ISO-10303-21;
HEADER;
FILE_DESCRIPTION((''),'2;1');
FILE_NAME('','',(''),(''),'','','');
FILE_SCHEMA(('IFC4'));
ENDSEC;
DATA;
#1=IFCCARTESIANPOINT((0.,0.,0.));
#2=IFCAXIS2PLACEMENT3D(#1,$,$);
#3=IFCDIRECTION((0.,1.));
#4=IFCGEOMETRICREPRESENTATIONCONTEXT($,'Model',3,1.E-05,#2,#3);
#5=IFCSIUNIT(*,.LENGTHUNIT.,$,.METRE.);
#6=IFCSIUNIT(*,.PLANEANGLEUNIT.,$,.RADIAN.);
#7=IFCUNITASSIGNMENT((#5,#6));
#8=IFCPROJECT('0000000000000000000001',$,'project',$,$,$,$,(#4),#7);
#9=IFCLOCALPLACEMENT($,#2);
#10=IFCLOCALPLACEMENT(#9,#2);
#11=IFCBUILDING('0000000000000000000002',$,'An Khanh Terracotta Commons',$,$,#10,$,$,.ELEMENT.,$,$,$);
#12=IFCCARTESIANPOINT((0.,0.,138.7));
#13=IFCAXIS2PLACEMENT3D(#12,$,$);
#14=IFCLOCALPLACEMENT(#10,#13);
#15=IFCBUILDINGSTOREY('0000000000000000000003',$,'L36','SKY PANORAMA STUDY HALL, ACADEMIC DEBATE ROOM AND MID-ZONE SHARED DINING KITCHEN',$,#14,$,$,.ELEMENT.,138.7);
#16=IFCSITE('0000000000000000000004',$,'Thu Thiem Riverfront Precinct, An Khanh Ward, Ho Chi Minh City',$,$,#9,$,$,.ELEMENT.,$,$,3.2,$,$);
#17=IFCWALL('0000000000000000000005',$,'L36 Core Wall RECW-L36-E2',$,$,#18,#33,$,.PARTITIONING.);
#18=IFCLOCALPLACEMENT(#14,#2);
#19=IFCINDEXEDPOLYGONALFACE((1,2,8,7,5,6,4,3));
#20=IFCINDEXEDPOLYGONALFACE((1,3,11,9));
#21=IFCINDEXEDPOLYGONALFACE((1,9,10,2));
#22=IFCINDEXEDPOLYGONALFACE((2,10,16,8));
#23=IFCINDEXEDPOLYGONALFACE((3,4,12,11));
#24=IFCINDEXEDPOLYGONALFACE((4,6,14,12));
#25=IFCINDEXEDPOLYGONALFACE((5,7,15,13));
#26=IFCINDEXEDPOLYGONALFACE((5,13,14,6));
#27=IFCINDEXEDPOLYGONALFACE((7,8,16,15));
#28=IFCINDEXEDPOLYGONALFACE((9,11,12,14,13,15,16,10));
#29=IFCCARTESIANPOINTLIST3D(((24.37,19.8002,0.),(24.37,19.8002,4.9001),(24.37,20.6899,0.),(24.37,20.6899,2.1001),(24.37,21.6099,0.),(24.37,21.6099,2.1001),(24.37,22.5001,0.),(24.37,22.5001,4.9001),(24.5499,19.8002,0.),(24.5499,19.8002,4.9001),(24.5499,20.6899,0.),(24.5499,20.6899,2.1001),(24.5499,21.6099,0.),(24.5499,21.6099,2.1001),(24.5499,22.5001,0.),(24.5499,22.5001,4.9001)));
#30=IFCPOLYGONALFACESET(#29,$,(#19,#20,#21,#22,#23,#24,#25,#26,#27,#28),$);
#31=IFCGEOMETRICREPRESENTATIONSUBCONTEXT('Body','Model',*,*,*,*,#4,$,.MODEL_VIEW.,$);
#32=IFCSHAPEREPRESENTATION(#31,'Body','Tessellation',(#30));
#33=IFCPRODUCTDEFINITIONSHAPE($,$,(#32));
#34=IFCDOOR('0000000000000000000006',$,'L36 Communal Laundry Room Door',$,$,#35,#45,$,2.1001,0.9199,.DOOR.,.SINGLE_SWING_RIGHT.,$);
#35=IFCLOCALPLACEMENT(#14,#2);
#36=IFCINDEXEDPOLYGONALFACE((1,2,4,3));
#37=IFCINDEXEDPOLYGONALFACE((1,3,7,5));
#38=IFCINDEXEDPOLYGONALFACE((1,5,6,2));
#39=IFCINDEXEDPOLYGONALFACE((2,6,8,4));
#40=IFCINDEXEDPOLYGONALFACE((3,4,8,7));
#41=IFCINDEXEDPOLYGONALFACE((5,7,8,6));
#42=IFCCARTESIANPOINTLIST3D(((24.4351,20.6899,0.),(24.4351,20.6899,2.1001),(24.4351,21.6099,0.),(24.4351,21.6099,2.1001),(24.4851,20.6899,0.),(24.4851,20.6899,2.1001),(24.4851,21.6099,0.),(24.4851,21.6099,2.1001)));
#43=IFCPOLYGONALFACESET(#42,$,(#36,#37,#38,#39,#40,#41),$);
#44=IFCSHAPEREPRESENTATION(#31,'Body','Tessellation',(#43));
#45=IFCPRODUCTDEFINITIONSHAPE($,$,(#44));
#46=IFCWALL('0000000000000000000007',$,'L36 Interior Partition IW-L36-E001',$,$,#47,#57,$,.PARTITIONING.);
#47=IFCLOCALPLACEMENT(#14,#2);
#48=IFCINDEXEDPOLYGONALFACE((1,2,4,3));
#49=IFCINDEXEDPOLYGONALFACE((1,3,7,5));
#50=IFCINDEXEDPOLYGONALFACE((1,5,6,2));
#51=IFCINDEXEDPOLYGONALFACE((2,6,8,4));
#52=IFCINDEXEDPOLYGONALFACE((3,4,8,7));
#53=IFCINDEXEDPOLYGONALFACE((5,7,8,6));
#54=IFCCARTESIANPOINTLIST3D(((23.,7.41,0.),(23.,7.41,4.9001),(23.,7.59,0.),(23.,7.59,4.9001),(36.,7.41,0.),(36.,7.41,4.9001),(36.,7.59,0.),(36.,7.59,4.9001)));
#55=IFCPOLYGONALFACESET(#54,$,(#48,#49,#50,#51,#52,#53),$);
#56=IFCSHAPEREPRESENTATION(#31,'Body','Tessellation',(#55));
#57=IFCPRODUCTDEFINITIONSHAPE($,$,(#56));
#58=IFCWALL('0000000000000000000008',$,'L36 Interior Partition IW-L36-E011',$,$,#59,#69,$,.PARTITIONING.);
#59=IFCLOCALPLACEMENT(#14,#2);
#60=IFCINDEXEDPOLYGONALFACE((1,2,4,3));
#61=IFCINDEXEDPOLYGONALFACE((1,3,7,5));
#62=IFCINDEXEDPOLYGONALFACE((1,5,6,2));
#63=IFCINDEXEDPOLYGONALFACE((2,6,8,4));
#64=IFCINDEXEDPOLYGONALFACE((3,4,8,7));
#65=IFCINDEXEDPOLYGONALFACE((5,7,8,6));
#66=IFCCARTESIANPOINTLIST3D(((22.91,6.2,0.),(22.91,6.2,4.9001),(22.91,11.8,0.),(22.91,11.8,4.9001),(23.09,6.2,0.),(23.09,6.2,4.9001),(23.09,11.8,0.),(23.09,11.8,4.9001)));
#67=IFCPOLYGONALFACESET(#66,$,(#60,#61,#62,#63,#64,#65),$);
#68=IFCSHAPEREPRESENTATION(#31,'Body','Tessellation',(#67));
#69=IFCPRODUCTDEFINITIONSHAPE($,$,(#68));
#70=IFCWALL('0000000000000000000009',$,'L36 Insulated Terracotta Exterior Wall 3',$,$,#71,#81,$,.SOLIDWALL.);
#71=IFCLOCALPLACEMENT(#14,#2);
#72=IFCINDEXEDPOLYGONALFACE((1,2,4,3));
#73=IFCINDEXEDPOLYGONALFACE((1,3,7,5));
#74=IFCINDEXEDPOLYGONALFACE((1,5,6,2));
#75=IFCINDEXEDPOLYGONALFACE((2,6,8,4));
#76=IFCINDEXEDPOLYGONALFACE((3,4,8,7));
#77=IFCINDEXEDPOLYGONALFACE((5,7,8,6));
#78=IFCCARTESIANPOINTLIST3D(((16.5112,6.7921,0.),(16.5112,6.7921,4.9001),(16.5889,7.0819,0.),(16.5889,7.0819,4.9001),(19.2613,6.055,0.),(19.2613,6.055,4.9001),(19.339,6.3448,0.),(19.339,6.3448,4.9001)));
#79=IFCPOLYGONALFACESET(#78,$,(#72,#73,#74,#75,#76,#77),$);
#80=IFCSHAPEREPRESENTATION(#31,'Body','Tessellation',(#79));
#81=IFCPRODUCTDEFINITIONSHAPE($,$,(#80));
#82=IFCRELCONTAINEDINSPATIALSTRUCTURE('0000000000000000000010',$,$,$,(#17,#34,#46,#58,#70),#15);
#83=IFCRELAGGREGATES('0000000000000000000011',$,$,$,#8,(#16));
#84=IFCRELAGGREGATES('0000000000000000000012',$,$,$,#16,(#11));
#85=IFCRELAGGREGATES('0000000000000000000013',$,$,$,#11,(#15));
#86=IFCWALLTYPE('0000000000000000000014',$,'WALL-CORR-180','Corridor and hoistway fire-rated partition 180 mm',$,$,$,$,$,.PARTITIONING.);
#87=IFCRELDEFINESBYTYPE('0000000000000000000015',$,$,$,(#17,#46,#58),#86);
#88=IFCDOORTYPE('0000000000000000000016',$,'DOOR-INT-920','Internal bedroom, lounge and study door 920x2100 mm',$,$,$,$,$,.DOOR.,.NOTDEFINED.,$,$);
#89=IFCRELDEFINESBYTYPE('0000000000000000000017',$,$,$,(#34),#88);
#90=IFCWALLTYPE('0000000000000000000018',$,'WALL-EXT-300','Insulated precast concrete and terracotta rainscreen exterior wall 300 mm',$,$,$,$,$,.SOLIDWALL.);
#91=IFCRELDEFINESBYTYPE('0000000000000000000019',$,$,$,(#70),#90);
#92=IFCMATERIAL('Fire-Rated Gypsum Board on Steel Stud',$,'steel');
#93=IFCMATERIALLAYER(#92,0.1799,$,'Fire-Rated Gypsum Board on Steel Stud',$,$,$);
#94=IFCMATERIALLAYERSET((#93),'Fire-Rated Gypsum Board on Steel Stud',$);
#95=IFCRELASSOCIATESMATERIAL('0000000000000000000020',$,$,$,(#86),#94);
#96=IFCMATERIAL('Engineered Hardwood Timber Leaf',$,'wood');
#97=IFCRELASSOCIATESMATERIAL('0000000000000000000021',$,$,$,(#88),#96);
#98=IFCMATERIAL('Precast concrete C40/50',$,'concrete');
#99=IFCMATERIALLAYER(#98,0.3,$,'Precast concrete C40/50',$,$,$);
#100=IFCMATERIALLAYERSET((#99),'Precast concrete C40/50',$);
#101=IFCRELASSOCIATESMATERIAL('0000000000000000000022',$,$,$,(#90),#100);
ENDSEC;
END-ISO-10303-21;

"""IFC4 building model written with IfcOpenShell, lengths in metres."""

from ifc_helpers import new_model, si_unit, direction, frame, frame_2d, origin, place, context, subcontext, project, spatial, rectangle, extrude, material, layer, layer_set, type_object, element, fill, save


model = new_model("IFC4")

# Units and contexts
model_context = context("Model", 3, precision=1e-05, world=origin(), true_north=direction((0.0, 1.0)))
body_context = subcontext(model_context, "Body", "Model", "MODEL_VIEW")
ifc_project = project(units=[si_unit("LENGTHUNIT", "METRE"), si_unit("PLANEANGLEUNIT", "RADIAN")], contexts=[model_context])

# Site, building, storey
site_placement = place(None, origin())
site = spatial("IfcSite", under=ifc_project, at=site_placement, Name="Thu Thiem Riverfront Precinct, An Khanh Ward, Ho Chi Minh City", CompositionType="ELEMENT", RefElevation=3.2)
building_placement = place(site_placement, origin())
building = spatial("IfcBuilding", under=site, at=building_placement, Name="An Khanh Terracotta Commons", CompositionType="ELEMENT")
storey_placement = place(building_placement, frame((0.0, 0.0, 138.7)))
storey = spatial("IfcBuildingStorey", under=building, at=storey_placement, Name="L36", Description="SKY PANORAMA STUDY HALL, ACADEMIC DEBATE ROOM AND MID-ZONE SHARED DINING KITCHEN", CompositionType="ELEMENT", Elevation=138.7)

# Shared definitions
ifc_material_1 = material(Name="Fire-Rated Gypsum Board on Steel Stud", Category="steel")
ifc_layer_1 = layer(ifc_material_1, 0.1799, Name="Fire-Rated Gypsum Board on Steel Stud")
ifc_layer_set_1 = layer_set([ifc_layer_1], Name="Fire-Rated Gypsum Board on Steel Stud")
wall_type_1 = type_object("IfcWallType", Name="WALL-CORR-180", Description="Corridor and hoistway fire-rated partition 180 mm", PredefinedType="PARTITIONING", material=ifc_layer_set_1)

# Wall, opening, door
wall_1_placement = place(storey_placement, frame((24.46, 19.8, 0.0), z_axis=(0.0, 0.0, 1.0), x_axis=(0.0, 1.0, 0.0)))
wall_1 = element("IfcWall", 1, at=wall_1_placement, inside=storey, type_object=wall_type_1, Name="L36 Core Wall RECW-L36-E2", PredefinedType="PARTITIONING", context=body_context, shape_type="SweptSolid", body=[
    extrude(rectangle(XDim=2.7, YDim=0.1799, at=frame_2d((1.3501, 0.0))), origin(), (0.0, 0.0, 1.0), 4.9001),
])
opening_1_placement = place(wall_1_placement, frame((0.8899, 0.0, 0.0)))
opening_1 = element("IfcOpeningElement", 2, at=opening_1_placement, cuts=wall_1, PredefinedType="OPENING", context=body_context, shape_type="SweptSolid", body=[
    extrude(rectangle(XDim=0.9199, YDim=2.1001, at=frame_2d((0.46, 1.05))), frame((0.0, 0.0999, 0.0), z_axis=(0.0, -1.0, 0.0), x_axis=(1.0, 0.0, 0.0)), (0.0, 0.0, 1.0), 0.2),
])
ifc_material_2 = material(Name="Engineered Hardwood Timber Leaf", Category="wood")
door_type_1 = type_object("IfcDoorType", Name="DOOR-INT-920", Description="Internal bedroom, lounge and study door 920x2100 mm", OperationType="NOTDEFINED", PredefinedType="DOOR", material=ifc_material_2)
door_1_placement = place(opening_1_placement, origin())
door_1 = element("IfcDoor", 3, at=door_1_placement, inside=storey, type_object=door_type_1, Name="L36 Communal Laundry Room Door", OperationType="SINGLE_SWING_RIGHT", OverallHeight=2.1001, OverallWidth=0.9199, PredefinedType="DOOR", context=body_context, shape_type="SweptSolid", body=[
    extrude(rectangle(XDim=0.9199, YDim=2.1001, at=frame_2d((0.46, 1.05))), frame((0.0, 0.0249, 0.0), z_axis=(0.0, -1.0, 0.0), x_axis=(1.0, 0.0, 0.0)), (0.0, 0.0, 1.0), 0.05),
])
fill(opening_1, door_1)

# Walls
wall_2_placement = place(storey_placement, frame((23.0, 7.5, 0.0), z_axis=(0.0, 0.0, 1.0), x_axis=(1.0, 0.0, 0.0)))
element("IfcWall", 4, at=wall_2_placement, inside=storey, type_object=wall_type_1, Name="L36 Interior Partition IW-L36-E001", PredefinedType="PARTITIONING", context=body_context, shape_type="SweptSolid", body=[
    extrude(rectangle(XDim=13.0, YDim=0.1799, at=frame_2d((6.5, 0.0))), origin(), (0.0, 0.0, 1.0), 4.9001),
])
wall_3_placement = place(storey_placement, frame((23.0, 6.2, 0.0), z_axis=(0.0, 0.0, 1.0), x_axis=(0.0, 1.0, 0.0)))
element("IfcWall", 5, at=wall_3_placement, inside=storey, type_object=wall_type_1, Name="L36 Interior Partition IW-L36-E011", PredefinedType="PARTITIONING", context=body_context, shape_type="SweptSolid", body=[
    extrude(rectangle(XDim=5.6001, YDim=0.1799, at=frame_2d((2.8, 0.0))), origin(), (0.0, 0.0, 1.0), 4.9001),
])
ifc_material_3 = material(Name="Precast concrete C40/50", Category="concrete")
ifc_layer_2 = layer(ifc_material_3, 0.3, Name="Precast concrete C40/50")
ifc_layer_set_2 = layer_set([ifc_layer_2], Name="Precast concrete C40/50")
wall_type_2 = type_object("IfcWallType", Name="WALL-EXT-300", Description="Insulated precast concrete and terracotta rainscreen exterior wall 300 mm", PredefinedType="SOLIDWALL", material=ifc_layer_set_2)
wall_4_placement = place(storey_placement, frame((16.55, 6.937, 0.0), z_axis=(0.0, 0.0, 1.0), x_axis=(0.965908, -0.258885, 0.0)))
element("IfcWall", 6, at=wall_4_placement, inside=storey, type_object=wall_type_2, Name="L36 Insulated Terracotta Exterior Wall 3", PredefinedType="SOLIDWALL", context=body_context, shape_type="SweptSolid", body=[
    extrude(rectangle(XDim=2.8472, YDim=0.3, at=frame_2d((1.4236, 0.0))), origin(), (0.0, 0.0, 1.0), 4.9001),
])

save(model, "model.ifc")
